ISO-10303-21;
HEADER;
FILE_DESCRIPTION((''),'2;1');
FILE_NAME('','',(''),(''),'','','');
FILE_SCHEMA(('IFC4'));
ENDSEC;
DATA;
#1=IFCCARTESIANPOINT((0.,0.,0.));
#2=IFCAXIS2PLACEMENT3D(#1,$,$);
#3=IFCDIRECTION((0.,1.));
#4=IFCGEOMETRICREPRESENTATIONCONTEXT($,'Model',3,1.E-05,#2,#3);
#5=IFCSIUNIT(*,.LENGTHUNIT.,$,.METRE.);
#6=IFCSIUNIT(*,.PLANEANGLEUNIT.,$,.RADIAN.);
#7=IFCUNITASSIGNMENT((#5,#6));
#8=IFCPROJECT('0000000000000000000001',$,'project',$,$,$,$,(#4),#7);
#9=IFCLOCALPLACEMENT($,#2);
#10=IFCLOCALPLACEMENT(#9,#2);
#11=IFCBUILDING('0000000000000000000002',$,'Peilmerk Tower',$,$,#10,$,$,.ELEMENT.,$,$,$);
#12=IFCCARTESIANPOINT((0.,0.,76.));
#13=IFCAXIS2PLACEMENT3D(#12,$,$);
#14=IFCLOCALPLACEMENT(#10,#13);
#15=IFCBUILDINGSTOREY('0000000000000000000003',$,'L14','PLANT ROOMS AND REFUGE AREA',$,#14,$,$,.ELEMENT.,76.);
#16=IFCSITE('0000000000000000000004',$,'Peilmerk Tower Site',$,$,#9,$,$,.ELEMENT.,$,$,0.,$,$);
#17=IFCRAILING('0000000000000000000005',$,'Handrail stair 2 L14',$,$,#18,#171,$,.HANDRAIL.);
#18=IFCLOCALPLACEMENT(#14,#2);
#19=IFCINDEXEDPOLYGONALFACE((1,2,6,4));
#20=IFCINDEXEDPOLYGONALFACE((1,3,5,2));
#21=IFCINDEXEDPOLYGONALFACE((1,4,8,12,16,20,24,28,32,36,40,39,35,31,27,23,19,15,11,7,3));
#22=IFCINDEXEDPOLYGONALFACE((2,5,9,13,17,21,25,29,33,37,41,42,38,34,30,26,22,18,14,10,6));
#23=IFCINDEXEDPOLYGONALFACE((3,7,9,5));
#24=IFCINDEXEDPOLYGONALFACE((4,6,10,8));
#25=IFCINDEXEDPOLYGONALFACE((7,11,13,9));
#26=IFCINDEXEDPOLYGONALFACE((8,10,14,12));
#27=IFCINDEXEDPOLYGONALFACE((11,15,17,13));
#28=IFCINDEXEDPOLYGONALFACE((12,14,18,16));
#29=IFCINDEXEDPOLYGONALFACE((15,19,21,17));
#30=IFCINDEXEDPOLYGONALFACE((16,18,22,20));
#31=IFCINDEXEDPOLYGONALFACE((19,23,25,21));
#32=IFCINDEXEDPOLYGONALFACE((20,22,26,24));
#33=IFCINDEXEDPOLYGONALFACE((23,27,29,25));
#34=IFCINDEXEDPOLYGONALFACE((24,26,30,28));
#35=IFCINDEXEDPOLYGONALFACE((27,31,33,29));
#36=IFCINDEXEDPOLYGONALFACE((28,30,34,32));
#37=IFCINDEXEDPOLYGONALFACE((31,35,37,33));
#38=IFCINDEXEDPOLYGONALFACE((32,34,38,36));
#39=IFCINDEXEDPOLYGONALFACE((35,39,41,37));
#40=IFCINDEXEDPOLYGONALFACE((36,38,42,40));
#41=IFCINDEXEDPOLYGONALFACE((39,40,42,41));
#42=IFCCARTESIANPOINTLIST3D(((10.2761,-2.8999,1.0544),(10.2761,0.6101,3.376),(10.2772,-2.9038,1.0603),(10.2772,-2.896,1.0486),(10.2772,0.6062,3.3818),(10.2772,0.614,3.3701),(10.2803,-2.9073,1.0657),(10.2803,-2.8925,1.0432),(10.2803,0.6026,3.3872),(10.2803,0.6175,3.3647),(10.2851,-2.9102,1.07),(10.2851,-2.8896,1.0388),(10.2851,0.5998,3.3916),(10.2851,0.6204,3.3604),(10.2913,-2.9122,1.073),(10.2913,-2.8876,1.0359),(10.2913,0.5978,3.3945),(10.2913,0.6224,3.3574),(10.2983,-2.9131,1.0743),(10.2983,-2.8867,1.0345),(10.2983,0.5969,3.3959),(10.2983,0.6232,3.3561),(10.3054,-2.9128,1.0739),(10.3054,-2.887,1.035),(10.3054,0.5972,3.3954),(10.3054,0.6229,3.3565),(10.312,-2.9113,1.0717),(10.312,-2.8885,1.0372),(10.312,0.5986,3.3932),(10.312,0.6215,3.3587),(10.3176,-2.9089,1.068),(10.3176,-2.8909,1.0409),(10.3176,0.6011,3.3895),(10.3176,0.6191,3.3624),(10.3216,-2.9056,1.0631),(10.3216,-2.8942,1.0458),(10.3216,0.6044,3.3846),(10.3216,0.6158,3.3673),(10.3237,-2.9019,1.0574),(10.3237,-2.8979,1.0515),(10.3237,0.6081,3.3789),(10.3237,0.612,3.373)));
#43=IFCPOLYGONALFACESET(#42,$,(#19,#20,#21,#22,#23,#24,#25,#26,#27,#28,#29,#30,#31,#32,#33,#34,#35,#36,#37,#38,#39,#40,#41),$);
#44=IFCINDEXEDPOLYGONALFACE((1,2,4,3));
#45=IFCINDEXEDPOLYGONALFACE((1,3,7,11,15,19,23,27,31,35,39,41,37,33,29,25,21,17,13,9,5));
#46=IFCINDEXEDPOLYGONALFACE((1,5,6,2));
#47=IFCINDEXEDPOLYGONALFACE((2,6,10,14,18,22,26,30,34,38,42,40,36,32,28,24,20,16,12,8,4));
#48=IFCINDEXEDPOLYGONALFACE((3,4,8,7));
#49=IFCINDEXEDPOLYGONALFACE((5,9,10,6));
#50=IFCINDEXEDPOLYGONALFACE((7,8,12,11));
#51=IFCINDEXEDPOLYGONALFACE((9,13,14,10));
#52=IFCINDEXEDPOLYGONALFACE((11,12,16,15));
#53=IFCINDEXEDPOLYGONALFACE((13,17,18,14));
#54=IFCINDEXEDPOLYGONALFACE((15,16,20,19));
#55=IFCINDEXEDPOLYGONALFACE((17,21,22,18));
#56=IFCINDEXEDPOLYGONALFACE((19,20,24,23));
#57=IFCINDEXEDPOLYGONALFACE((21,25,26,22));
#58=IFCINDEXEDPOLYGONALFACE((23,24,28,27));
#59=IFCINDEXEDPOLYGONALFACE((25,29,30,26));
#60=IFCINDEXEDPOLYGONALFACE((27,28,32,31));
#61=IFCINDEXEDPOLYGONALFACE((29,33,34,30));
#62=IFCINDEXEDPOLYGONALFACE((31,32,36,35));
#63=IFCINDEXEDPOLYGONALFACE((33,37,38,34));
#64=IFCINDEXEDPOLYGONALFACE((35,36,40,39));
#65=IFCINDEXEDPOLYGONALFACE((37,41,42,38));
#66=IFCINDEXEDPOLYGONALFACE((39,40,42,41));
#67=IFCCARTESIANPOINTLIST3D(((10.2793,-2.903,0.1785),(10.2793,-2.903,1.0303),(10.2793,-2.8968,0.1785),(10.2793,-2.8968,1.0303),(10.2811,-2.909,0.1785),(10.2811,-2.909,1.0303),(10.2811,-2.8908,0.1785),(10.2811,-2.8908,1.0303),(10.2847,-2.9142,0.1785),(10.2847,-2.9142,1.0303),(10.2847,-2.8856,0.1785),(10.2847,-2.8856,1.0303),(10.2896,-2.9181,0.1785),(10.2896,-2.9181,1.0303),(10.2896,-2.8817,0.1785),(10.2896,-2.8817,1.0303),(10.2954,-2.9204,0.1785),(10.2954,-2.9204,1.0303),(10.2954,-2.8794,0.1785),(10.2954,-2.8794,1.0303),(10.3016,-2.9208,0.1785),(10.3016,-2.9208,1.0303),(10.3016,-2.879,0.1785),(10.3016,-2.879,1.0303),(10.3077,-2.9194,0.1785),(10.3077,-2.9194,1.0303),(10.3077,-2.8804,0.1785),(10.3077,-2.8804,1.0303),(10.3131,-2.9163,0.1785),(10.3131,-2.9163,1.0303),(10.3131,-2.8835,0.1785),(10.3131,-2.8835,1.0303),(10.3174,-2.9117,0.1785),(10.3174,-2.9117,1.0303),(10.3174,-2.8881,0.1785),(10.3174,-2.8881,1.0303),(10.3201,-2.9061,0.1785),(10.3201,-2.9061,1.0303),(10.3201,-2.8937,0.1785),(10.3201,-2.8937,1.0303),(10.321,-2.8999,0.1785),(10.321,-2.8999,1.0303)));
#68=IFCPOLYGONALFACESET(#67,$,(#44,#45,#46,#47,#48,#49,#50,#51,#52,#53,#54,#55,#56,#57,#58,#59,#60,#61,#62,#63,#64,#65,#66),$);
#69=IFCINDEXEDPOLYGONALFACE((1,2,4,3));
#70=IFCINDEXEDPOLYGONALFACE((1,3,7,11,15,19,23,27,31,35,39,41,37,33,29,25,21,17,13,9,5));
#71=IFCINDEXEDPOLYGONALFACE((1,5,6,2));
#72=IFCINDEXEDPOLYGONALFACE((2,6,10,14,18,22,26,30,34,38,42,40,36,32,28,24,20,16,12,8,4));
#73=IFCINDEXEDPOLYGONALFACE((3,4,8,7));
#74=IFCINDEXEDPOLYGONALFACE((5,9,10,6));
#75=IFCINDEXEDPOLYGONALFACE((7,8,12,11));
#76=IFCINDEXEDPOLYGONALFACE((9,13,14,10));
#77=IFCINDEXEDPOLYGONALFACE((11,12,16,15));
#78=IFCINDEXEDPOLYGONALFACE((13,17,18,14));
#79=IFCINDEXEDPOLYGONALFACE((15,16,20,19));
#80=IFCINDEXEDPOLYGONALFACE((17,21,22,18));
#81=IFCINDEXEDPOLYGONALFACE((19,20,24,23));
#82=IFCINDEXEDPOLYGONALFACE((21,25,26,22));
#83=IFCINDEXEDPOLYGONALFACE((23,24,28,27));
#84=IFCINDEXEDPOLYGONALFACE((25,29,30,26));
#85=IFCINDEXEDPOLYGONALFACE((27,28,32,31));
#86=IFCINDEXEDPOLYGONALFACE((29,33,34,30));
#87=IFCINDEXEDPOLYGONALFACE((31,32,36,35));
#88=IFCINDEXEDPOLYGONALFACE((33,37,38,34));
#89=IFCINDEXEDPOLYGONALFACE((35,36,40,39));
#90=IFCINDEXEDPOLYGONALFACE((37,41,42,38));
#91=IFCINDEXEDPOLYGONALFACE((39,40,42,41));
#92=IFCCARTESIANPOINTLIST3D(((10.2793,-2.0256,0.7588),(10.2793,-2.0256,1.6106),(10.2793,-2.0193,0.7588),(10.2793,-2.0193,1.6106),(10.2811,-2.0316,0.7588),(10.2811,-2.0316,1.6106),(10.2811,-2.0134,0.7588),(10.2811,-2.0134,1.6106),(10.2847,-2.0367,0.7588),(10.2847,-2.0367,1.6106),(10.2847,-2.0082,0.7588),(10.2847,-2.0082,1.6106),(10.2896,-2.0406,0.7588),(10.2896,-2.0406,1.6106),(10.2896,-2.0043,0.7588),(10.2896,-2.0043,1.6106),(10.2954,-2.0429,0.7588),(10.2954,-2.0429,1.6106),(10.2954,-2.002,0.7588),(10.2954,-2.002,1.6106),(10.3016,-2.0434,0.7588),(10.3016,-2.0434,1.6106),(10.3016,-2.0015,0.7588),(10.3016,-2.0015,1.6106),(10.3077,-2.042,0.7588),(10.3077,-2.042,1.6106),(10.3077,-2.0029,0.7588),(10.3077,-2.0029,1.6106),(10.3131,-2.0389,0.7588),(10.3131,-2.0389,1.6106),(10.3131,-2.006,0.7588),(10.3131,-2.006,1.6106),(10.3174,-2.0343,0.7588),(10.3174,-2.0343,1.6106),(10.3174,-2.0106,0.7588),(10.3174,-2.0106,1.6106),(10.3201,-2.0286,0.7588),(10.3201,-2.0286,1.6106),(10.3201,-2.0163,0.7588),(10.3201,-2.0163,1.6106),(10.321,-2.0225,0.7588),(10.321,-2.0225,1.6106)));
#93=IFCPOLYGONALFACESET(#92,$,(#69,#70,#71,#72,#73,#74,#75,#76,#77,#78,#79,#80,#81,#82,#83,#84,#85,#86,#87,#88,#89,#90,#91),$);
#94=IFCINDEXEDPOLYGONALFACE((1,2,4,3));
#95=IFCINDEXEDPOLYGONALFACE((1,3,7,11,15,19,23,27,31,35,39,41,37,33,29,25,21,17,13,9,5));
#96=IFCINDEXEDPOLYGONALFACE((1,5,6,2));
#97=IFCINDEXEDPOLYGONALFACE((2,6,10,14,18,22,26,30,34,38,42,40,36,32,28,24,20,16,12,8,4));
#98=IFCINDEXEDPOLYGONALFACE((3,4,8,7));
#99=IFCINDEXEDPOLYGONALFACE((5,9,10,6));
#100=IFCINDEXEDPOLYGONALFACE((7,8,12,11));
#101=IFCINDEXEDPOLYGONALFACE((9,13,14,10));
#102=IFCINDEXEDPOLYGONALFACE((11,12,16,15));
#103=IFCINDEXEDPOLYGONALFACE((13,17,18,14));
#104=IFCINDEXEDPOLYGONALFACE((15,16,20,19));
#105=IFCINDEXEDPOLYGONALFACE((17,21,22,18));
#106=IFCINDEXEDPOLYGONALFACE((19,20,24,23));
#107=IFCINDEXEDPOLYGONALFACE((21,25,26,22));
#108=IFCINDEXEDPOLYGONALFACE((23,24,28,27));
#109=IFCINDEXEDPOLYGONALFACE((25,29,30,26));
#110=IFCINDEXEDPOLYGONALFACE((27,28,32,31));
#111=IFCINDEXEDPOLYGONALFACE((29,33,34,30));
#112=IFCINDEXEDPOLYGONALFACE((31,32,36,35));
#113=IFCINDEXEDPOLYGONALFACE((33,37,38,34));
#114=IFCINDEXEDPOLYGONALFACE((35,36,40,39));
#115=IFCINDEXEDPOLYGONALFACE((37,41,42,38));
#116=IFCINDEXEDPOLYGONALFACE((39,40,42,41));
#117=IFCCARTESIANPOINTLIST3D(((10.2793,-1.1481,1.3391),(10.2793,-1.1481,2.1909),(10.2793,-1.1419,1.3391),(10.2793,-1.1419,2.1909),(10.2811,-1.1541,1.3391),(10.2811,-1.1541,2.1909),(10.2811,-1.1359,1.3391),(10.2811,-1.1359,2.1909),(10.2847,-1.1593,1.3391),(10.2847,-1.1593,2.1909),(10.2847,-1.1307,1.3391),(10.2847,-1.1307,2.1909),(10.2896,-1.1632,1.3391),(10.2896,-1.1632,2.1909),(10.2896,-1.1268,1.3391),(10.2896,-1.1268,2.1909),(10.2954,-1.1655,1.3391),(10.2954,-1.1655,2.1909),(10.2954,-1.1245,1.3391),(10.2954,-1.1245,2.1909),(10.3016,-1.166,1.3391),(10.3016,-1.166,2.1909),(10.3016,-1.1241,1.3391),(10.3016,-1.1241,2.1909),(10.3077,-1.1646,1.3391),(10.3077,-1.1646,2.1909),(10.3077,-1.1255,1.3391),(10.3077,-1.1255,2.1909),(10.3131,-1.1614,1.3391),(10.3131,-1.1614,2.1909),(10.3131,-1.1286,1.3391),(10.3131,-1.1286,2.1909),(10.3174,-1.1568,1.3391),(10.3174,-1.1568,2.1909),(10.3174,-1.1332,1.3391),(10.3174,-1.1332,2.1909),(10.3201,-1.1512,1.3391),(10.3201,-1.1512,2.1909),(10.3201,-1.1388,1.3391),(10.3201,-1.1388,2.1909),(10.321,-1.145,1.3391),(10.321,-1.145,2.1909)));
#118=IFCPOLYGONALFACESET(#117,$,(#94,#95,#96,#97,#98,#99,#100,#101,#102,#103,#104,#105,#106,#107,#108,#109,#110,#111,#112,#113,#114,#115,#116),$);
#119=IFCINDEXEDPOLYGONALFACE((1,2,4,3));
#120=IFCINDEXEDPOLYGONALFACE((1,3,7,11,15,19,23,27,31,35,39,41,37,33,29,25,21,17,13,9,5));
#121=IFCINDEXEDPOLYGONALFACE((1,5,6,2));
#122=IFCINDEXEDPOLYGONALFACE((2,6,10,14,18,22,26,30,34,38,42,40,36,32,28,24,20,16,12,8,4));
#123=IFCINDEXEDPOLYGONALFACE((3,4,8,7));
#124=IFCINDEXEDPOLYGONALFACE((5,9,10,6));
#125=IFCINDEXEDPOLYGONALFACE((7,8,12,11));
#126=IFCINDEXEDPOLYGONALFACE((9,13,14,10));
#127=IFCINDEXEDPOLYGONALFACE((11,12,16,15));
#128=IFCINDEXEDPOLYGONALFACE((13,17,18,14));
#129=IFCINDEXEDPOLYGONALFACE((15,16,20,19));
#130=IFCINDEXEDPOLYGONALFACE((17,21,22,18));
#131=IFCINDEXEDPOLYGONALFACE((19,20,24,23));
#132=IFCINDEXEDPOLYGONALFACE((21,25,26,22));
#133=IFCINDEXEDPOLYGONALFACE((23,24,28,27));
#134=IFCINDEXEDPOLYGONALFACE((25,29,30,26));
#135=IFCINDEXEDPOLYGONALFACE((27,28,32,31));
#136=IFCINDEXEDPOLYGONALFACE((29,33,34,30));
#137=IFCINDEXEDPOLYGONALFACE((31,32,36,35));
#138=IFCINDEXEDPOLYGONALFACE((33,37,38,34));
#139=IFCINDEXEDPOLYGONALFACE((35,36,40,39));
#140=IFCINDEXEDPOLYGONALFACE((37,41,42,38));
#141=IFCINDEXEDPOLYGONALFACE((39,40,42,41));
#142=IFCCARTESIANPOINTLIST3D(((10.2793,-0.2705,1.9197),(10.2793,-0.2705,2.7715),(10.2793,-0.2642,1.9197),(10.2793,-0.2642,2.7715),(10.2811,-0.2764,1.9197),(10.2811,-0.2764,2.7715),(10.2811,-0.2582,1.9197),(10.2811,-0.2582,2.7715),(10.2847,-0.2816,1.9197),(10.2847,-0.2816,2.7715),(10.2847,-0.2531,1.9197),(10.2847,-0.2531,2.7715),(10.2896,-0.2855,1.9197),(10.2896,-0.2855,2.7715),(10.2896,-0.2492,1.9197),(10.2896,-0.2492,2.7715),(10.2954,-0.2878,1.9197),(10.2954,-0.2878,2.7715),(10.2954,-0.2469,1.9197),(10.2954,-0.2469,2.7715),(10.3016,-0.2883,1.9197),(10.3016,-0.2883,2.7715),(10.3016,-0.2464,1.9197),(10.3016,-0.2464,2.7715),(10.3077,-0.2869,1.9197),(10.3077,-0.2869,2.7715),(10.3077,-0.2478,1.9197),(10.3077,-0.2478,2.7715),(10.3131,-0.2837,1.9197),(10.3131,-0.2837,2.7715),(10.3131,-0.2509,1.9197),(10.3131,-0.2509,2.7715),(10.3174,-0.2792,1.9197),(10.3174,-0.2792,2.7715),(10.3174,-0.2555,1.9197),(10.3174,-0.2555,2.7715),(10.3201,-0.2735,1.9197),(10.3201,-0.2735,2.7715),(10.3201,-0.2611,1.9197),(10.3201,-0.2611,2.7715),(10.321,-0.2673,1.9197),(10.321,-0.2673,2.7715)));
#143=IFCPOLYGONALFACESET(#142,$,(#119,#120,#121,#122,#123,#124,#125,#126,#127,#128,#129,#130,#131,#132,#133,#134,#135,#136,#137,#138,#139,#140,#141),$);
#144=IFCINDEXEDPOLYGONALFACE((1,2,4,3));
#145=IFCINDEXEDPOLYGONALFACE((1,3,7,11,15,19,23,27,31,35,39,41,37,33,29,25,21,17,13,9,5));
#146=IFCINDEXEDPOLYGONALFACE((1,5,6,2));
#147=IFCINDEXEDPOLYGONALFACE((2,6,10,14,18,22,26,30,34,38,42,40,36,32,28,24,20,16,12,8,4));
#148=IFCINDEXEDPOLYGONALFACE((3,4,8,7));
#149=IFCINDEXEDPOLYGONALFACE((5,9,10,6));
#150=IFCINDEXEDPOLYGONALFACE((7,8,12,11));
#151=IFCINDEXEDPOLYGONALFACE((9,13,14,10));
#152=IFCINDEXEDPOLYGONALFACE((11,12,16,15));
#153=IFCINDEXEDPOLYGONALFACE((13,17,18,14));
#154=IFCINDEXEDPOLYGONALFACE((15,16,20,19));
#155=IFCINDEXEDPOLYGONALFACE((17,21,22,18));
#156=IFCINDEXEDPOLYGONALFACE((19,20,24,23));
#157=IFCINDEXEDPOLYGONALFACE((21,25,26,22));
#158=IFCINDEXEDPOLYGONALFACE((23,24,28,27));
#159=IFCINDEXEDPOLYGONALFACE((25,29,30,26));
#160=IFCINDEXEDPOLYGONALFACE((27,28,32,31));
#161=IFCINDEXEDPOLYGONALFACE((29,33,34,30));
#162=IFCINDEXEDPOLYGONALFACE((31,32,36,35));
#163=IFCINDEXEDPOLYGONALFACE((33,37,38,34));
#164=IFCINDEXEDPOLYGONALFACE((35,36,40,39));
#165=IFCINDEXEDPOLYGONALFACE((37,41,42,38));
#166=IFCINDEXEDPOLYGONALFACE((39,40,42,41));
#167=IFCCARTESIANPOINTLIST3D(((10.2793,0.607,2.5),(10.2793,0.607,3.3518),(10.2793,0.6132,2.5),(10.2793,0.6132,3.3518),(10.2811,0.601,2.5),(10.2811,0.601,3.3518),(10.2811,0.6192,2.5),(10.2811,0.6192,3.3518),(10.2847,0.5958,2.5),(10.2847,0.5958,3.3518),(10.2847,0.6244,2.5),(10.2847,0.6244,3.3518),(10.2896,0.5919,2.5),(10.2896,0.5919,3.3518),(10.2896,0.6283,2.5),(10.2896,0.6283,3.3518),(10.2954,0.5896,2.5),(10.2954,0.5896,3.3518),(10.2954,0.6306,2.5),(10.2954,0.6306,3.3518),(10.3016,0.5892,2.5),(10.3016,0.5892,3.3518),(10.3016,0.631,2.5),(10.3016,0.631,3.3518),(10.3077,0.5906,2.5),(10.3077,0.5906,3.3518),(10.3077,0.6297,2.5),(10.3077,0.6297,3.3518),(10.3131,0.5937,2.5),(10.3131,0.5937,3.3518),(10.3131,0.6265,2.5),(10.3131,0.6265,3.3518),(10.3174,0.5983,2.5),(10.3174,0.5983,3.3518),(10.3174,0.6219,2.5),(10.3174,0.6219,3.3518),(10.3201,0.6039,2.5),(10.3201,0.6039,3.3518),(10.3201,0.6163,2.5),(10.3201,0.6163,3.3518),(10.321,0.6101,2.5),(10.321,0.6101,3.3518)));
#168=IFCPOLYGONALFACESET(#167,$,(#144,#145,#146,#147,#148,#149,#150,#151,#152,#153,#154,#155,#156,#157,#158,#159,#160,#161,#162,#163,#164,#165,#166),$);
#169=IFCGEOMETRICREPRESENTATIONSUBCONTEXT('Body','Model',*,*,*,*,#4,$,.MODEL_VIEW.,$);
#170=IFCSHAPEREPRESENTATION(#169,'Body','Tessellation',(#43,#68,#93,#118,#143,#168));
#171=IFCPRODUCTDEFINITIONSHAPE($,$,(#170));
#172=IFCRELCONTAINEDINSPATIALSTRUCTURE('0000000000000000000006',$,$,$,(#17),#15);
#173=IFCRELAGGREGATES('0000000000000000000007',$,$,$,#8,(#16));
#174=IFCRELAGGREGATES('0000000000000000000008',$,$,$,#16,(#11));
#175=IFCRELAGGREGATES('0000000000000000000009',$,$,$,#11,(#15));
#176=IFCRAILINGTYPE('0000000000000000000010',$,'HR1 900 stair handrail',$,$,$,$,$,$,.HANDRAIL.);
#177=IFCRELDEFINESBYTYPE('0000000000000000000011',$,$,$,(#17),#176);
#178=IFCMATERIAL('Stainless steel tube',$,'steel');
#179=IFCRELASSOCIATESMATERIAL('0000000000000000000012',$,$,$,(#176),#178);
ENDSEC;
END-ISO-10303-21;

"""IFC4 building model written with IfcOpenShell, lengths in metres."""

from ifc_helpers import new_model, si_unit, direction, frame, origin, origin_2d, place, context, subcontext, project, spatial, circle, extrude, material, type_object, element, save


model = new_model("IFC4")

# Units and contexts
model_context = context("Model", 3, precision=1e-05, world=origin(), true_north=direction((0.0, 1.0)))
body_context = subcontext(model_context, "Body", "Model", "MODEL_VIEW")
ifc_project = project(units=[si_unit("LENGTHUNIT", "METRE"), si_unit("PLANEANGLEUNIT", "RADIAN")], contexts=[model_context])

# Site, building, storey
site_placement = place(None, origin())
site = spatial("IfcSite", under=ifc_project, at=site_placement, Name="Peilmerk Tower Site", CompositionType="ELEMENT", RefElevation=0.0)
building_placement = place(site_placement, origin())
building = spatial("IfcBuilding", under=site, at=building_placement, Name="Peilmerk Tower", CompositionType="ELEMENT")
storey_placement = place(building_placement, frame((0.0, 0.0, 76.0)))
storey = spatial("IfcBuildingStorey", under=building, at=storey_placement, Name="L14", Description="PLANT ROOMS AND REFUGE AREA", CompositionType="ELEMENT", Elevation=76.0)

# Railing
ifc_material_1 = material(Name="Stainless steel tube", Category="steel")
railing_type_1 = type_object("IfcRailingType", Name="HR1 900 stair handrail", PredefinedType="HANDRAIL", material=ifc_material_1)
railing_1_placement = place(storey_placement, frame((10.3, -2.8999, 0.1785)))
element("IfcRailing", 1, at=railing_1_placement, inside=storey, type_object=railing_type_1, Name="Handrail stair 2 L14", PredefinedType="HANDRAIL", context=body_context, shape_type="SweptSolid", body=[
    extrude(circle(Radius=0.0239, at=origin_2d()), frame((0.0, 0.0, 0.876), z_axis=(0.0, 0.834071, 0.551657), x_axis=(-1.0, 0.0, 0.0)), (0.0, 0.0, 1.0), 4.2083),
    extrude(circle(Radius=0.021, at=origin_2d()), origin(), (0.0, 0.0, 1.0), 0.8518),
    extrude(circle(Radius=0.021, at=origin_2d()), frame((0.0, 0.8774, 0.5803)), (0.0, 0.0, 1.0), 0.8518),
    extrude(circle(Radius=0.021, at=origin_2d()), frame((0.0, 1.7549, 1.1606)), (0.0, 0.0, 1.0), 0.8518),
    extrude(circle(Radius=0.021, at=origin_2d()), frame((0.0, 2.6326, 1.7412)), (0.0, 0.0, 1.0), 0.8518),
    extrude(circle(Radius=0.021, at=origin_2d()), frame((0.0, 3.51, 2.3215)), (0.0, 0.0, 1.0), 0.8518),
])

save(model, "model.ifc")
